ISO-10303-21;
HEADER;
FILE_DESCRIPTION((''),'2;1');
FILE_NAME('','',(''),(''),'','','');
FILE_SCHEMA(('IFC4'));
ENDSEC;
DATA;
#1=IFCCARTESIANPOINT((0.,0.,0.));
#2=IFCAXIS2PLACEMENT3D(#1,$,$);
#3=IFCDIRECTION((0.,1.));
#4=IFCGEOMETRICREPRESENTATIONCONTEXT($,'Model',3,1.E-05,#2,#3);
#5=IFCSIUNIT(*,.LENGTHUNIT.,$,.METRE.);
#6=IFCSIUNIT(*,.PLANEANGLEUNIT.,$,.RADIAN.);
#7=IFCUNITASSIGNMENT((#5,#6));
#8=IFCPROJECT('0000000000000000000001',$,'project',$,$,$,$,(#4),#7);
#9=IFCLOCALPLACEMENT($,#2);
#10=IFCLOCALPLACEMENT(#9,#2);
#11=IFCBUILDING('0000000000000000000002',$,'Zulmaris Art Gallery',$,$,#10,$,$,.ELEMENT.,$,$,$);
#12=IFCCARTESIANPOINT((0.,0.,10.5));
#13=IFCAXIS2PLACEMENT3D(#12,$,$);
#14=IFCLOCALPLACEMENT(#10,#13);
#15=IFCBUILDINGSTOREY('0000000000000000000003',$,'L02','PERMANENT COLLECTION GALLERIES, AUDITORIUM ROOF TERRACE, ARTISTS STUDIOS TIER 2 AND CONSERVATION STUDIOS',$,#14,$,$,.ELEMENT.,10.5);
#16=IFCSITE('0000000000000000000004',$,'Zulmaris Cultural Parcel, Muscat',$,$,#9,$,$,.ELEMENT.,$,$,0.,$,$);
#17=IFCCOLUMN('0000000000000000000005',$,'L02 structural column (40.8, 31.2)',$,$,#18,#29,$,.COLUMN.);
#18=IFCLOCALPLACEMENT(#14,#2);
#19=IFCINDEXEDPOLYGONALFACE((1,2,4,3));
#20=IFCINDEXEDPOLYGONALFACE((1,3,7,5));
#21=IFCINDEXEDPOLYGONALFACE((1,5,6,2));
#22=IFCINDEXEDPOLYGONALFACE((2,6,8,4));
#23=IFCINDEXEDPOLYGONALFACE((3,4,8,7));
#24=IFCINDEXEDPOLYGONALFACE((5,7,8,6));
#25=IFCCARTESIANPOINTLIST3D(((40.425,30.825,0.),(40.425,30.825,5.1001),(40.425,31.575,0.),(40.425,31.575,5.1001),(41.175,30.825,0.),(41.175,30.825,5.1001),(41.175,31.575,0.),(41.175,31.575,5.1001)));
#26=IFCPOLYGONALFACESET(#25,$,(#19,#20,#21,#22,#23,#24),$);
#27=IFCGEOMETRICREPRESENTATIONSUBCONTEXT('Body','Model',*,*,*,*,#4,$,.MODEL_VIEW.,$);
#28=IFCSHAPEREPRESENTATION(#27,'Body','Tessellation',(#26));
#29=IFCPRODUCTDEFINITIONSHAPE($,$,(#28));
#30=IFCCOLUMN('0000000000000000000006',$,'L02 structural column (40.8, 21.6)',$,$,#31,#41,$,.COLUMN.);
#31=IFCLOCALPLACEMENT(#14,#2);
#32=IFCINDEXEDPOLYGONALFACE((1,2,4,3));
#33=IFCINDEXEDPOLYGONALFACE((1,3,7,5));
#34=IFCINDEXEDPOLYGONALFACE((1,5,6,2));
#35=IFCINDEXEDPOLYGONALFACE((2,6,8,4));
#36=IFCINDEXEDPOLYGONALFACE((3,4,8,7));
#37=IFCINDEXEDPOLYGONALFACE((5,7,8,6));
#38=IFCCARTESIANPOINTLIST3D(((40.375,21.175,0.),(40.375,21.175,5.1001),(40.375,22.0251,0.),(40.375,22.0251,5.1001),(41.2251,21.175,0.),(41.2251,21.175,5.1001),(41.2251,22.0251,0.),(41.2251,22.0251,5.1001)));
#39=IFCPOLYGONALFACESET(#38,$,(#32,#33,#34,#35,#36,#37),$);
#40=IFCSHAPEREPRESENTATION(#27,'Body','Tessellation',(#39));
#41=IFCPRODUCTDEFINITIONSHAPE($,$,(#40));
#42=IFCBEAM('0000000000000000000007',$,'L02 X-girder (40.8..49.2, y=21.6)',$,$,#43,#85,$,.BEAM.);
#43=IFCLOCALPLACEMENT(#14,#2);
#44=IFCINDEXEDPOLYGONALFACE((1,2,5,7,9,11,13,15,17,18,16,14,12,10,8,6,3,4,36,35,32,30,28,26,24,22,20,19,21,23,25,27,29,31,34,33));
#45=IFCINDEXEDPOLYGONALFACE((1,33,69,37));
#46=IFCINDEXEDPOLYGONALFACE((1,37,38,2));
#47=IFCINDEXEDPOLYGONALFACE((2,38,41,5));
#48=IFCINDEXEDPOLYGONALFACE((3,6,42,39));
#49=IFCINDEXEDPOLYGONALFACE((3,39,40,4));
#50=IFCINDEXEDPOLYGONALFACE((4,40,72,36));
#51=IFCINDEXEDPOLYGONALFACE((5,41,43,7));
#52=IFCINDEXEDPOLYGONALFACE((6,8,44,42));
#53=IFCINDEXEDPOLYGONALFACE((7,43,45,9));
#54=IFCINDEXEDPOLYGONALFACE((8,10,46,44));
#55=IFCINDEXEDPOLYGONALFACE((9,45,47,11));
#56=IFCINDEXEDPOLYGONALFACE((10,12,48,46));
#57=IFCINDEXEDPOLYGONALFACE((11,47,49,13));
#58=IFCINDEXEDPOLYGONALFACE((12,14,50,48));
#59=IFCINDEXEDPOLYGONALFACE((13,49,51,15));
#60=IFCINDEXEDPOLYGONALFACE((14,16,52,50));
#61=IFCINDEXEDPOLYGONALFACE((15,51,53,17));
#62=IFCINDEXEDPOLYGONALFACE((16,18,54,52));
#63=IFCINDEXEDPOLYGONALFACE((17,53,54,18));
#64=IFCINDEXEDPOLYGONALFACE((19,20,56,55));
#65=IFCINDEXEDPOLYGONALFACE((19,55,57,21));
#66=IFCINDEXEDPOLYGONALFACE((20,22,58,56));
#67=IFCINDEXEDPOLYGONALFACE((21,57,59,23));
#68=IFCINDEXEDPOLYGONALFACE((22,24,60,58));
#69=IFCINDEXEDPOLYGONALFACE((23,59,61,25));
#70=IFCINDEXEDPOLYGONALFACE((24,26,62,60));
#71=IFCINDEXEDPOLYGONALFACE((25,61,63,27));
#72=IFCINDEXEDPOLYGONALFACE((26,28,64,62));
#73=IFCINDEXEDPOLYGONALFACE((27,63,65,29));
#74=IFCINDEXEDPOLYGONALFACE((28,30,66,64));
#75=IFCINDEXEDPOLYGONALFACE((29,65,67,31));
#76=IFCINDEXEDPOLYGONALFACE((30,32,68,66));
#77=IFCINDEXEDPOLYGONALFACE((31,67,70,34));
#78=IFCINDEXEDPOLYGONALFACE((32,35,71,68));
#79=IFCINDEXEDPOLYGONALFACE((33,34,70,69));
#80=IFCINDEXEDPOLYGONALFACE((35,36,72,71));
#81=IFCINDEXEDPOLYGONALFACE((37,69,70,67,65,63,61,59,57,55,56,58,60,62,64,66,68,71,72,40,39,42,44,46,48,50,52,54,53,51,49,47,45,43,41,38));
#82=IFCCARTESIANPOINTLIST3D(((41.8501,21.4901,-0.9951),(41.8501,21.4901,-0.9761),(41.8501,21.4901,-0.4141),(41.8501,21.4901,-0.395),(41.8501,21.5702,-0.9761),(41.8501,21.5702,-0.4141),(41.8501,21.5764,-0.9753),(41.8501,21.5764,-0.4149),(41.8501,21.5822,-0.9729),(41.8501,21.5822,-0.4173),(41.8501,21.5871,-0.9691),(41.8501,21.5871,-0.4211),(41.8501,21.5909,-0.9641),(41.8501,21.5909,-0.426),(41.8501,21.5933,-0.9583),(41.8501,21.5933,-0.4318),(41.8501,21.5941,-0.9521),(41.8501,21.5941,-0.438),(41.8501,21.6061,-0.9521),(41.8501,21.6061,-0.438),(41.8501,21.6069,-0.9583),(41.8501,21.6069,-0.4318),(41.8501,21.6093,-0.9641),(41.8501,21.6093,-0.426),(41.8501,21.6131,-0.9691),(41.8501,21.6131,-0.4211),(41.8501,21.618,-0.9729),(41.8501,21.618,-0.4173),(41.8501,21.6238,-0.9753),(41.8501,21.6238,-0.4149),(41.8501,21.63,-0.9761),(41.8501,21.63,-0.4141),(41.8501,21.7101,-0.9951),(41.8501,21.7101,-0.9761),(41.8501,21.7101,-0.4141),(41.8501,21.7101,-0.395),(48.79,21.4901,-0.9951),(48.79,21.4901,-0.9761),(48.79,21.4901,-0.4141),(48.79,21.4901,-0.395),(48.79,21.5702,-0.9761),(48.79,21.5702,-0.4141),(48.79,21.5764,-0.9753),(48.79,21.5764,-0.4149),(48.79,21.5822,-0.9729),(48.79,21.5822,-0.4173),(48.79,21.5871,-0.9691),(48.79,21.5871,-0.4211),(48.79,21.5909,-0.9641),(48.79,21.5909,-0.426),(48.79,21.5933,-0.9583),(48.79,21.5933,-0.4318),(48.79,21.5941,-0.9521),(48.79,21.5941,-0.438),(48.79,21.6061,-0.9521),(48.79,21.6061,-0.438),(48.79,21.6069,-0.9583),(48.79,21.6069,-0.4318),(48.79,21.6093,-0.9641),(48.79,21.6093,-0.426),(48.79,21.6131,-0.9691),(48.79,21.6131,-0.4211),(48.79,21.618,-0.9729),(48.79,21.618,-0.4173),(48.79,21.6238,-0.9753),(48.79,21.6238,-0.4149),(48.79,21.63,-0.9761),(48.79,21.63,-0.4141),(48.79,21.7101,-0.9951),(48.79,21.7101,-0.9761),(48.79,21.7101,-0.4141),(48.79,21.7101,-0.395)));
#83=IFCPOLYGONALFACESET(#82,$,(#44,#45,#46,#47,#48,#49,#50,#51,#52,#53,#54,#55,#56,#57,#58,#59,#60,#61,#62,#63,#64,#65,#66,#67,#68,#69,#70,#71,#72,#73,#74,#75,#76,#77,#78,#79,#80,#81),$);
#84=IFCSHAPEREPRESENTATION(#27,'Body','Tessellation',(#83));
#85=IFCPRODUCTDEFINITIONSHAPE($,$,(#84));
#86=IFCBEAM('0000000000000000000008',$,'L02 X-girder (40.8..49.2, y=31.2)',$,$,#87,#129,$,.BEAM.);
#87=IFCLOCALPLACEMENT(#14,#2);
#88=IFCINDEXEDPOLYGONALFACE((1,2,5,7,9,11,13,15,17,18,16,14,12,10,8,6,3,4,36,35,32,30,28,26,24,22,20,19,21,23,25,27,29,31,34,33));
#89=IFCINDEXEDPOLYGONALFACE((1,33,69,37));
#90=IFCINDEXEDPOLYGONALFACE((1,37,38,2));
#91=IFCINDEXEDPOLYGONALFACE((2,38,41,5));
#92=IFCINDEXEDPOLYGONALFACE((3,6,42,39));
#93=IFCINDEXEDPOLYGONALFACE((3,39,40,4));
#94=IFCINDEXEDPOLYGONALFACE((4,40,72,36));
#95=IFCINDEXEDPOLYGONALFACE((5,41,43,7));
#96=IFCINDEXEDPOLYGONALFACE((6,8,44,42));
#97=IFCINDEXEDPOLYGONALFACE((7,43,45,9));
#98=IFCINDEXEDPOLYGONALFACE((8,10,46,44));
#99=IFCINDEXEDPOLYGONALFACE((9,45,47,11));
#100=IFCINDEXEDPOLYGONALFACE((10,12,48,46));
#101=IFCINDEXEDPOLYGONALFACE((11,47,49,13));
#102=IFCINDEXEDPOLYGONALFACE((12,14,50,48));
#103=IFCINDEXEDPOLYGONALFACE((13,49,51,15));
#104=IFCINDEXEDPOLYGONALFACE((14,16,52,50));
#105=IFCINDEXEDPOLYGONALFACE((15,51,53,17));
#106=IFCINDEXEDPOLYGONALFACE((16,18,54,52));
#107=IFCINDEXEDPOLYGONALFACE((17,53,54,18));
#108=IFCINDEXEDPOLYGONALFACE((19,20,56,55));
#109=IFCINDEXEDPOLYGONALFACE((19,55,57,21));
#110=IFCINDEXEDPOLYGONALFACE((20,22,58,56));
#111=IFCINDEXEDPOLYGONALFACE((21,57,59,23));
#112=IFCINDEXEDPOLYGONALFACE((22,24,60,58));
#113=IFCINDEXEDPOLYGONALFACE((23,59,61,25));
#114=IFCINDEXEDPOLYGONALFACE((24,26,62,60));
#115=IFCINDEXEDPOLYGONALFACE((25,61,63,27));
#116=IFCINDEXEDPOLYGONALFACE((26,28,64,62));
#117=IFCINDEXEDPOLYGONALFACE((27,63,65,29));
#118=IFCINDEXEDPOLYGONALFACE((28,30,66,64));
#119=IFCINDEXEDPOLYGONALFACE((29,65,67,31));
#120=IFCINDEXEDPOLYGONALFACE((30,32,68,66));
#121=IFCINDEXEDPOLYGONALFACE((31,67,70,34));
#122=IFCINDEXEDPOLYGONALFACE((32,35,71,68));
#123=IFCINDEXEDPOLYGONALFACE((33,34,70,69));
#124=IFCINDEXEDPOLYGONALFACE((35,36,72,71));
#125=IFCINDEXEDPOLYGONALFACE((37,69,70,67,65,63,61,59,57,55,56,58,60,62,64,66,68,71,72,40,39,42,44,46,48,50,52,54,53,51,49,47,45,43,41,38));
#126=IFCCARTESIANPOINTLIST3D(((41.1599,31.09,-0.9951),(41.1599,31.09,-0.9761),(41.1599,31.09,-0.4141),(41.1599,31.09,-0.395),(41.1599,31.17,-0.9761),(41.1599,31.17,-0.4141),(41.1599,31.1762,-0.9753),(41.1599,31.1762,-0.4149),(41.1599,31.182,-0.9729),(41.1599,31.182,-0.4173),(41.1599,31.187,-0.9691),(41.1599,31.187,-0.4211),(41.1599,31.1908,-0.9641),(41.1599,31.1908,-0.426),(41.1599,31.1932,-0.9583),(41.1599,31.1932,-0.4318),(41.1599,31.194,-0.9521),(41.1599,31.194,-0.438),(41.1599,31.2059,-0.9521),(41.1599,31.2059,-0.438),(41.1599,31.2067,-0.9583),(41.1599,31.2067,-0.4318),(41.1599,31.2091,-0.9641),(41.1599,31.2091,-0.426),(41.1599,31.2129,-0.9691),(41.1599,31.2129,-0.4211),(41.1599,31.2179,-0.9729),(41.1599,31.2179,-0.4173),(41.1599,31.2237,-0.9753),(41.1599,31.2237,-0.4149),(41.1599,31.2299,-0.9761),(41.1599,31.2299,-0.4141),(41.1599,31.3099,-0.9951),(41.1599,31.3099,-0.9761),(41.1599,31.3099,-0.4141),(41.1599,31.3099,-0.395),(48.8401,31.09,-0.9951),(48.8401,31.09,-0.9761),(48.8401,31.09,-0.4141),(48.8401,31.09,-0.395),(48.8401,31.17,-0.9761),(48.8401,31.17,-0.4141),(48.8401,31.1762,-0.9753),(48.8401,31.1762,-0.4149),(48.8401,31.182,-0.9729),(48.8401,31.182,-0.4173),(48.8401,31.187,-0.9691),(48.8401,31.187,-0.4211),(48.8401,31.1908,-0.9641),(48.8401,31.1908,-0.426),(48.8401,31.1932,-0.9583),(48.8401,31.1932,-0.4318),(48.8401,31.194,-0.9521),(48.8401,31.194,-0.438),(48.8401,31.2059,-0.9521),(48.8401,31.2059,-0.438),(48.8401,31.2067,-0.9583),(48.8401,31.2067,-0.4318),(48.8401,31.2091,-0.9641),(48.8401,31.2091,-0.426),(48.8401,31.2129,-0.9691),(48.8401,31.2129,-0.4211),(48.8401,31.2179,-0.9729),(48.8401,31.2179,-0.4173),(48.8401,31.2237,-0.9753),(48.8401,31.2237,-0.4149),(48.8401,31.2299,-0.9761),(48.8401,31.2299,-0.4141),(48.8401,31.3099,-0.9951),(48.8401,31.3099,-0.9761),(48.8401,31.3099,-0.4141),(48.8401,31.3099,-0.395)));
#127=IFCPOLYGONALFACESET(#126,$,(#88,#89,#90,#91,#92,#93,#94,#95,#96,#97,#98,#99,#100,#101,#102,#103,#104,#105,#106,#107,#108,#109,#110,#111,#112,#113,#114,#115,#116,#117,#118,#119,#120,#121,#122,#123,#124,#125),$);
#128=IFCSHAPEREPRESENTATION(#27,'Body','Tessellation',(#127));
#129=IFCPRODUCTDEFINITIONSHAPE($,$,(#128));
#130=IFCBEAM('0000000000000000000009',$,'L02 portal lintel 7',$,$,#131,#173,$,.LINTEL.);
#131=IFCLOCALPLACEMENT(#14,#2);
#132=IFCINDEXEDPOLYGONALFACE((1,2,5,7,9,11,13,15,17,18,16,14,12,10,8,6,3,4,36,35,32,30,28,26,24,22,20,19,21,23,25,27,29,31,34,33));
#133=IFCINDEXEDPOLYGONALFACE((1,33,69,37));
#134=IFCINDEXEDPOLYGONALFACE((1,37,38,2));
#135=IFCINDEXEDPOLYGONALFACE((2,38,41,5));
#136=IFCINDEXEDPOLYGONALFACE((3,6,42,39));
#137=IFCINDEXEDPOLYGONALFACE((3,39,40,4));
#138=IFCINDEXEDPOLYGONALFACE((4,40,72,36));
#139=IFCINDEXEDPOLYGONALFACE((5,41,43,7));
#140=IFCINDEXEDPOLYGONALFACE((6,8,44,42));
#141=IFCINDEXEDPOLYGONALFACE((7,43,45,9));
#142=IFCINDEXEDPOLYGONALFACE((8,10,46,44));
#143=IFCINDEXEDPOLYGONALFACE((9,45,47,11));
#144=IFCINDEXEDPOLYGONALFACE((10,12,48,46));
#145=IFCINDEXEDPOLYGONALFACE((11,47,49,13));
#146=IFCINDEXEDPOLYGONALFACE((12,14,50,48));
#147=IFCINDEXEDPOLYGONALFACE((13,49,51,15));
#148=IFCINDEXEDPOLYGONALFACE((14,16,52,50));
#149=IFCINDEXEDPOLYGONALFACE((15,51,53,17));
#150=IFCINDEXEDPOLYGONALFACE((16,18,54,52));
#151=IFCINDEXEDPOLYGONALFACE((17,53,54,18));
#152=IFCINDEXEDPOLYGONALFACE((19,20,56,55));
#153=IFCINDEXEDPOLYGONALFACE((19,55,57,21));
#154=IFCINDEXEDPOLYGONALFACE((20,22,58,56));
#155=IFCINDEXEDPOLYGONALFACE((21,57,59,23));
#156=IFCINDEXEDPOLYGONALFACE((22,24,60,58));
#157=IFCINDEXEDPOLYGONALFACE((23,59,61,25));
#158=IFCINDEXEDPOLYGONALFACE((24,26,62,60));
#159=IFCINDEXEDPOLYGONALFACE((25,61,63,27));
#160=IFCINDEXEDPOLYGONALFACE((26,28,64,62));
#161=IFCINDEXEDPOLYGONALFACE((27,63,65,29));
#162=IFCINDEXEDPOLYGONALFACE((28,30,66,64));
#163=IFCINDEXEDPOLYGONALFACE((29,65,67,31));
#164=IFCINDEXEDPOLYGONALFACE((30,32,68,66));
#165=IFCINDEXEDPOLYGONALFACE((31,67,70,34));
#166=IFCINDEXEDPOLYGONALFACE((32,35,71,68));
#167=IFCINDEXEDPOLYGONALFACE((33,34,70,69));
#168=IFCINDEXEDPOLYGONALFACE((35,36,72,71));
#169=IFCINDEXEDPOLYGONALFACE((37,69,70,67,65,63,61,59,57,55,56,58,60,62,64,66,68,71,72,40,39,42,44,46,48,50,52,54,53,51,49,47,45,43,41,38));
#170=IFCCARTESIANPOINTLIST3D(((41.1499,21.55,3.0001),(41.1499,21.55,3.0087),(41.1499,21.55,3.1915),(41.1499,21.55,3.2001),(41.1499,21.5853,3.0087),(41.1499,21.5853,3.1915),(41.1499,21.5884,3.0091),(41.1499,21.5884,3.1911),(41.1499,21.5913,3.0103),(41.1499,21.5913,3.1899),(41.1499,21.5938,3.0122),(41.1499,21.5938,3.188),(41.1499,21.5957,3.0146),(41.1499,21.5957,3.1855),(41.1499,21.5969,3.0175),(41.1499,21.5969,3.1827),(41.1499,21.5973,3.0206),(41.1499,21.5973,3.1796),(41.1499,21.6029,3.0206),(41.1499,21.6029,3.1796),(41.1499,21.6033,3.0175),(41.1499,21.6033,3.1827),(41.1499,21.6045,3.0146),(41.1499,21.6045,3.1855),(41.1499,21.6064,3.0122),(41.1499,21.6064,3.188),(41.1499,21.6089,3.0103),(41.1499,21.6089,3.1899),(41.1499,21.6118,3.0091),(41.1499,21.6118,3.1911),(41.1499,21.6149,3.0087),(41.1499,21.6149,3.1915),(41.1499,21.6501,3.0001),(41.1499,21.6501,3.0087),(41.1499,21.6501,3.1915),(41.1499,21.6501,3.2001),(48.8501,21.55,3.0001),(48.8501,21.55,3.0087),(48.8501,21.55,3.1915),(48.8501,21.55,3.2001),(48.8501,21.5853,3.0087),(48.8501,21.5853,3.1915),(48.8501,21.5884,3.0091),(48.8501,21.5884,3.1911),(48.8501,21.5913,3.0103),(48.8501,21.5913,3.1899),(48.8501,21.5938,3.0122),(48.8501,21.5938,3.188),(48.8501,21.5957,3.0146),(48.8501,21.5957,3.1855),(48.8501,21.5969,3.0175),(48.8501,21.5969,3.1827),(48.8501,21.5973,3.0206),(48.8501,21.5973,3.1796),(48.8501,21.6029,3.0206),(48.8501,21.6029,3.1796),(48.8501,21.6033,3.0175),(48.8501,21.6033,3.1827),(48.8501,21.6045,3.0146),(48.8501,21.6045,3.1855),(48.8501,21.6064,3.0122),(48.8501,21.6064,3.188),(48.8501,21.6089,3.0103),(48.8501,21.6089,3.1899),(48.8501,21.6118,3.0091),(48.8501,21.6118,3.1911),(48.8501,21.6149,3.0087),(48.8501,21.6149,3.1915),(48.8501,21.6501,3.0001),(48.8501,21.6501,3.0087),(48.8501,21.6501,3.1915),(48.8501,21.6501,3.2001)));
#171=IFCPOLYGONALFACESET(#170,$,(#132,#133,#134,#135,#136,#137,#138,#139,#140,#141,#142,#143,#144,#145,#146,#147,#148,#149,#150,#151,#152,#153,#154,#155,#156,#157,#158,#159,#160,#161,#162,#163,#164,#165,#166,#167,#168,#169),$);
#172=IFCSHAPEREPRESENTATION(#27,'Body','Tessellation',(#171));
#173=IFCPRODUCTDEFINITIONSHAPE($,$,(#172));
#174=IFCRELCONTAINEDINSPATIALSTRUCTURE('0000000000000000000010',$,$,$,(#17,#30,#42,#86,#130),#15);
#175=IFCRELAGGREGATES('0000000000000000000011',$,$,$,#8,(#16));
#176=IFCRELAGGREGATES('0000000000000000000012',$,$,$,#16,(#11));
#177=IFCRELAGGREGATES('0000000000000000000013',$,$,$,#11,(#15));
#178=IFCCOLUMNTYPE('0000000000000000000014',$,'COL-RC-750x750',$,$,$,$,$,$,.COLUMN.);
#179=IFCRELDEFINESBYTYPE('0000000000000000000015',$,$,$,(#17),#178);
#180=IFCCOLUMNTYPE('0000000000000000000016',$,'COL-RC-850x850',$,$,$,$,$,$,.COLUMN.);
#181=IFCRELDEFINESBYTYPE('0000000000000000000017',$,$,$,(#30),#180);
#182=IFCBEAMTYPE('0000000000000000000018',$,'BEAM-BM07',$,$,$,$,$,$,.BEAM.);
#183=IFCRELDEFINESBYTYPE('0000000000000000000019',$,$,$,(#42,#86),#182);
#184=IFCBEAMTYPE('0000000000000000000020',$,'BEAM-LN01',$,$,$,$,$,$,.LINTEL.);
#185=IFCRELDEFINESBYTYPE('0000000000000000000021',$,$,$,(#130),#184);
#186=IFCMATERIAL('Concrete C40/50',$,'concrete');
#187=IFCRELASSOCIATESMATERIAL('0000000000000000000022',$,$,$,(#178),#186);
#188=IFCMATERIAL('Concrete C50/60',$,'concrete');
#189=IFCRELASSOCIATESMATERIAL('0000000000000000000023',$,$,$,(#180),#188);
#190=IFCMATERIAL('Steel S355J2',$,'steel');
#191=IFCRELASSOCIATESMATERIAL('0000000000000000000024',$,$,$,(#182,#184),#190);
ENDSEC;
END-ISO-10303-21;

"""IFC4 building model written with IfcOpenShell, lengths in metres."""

from ifc_helpers import new_model, si_unit, direction, frame, origin, origin_2d, place, context, subcontext, project, spatial, rectangle, i_section, extrude, material, material_profile, profile_set, type_object, element, save


model = new_model("IFC4")

# Units and contexts
model_context = context("Model", 3, precision=1e-05, world=origin(), true_north=direction((0.0, 1.0)))
body_context = subcontext(model_context, "Body", "Model", "MODEL_VIEW")
ifc_project = project(units=[si_unit("LENGTHUNIT", "METRE"), si_unit("PLANEANGLEUNIT", "RADIAN")], contexts=[model_context])

# Site, building, storey
site_placement = place(None, origin())
site = spatial("IfcSite", under=ifc_project, at=site_placement, Name="Zulmaris Cultural Parcel, Muscat", CompositionType="ELEMENT", RefElevation=0.0)
building_placement = place(site_placement, origin())
building = spatial("IfcBuilding", under=site, at=building_placement, Name="Zulmaris Art Gallery", CompositionType="ELEMENT")
storey_placement = place(building_placement, frame((0.0, 0.0, 10.5)))
storey = spatial("IfcBuildingStorey", under=building, at=storey_placement, Name="L02", Description="PERMANENT COLLECTION GALLERIES, AUDITORIUM ROOF TERRACE, ARTISTS STUDIOS TIER 2 AND CONSERVATION STUDIOS", CompositionType="ELEMENT", Elevation=10.5)

# Columns
ifc_material_1 = material(Name="Concrete C40/50", Category="concrete")
ifc_material_profile_1 = material_profile(ifc_material_1, rectangle(XDim=0.75, YDim=0.75, at=origin_2d()), Name="RC 750x750")
ifc_profile_set_1 = profile_set([ifc_material_profile_1], Name="Concrete C40/50")
column_type_1 = type_object("IfcColumnType", Name="COL-RC-750x750", PredefinedType="COLUMN", material=ifc_profile_set_1)
column_1_placement = place(storey_placement, frame((40.8, 31.2, 0.0), z_axis=(0.0, 0.0, 1.0), x_axis=(1.0, 0.0, 0.0)))
element("IfcColumn", 1, at=column_1_placement, inside=storey, type_object=column_type_1, Name="L02 structural column (40.8, 31.2)", PredefinedType="COLUMN", context=body_context, shape_type="SweptSolid", body=[
    extrude(rectangle(XDim=0.75, YDim=0.75, at=origin_2d()), origin(), (0.0, 0.0, 1.0), 5.1001),
])
ifc_material_2 = material(Name="Concrete C50/60", Category="concrete")
ifc_material_profile_2 = material_profile(ifc_material_2, rectangle(XDim=0.8501, YDim=0.8501, at=origin_2d()), Name="RC 850x850")
ifc_profile_set_2 = profile_set([ifc_material_profile_2], Name="Concrete C50/60")
column_type_2 = type_object("IfcColumnType", Name="COL-RC-850x850", PredefinedType="COLUMN", material=ifc_profile_set_2)
column_2_placement = place(storey_placement, frame((40.8, 21.6001, 0.0), z_axis=(0.0, 0.0, 1.0), x_axis=(1.0, 0.0, 0.0)))
element("IfcColumn", 2, at=column_2_placement, inside=storey, type_object=column_type_2, Name="L02 structural column (40.8, 21.6)", PredefinedType="COLUMN", context=body_context, shape_type="SweptSolid", body=[
    extrude(rectangle(XDim=0.8501, YDim=0.8501, at=origin_2d()), origin(), (0.0, 0.0, 1.0), 5.1001),
])

# Beams
ifc_material_3 = material(Name="Steel S355J2", Category="steel")
ifc_material_profile_3 = material_profile(ifc_material_3, i_section(OverallWidth=0.22, OverallDepth=0.6001, WebThickness=0.012, FlangeThickness=0.019, FilletRadius=0.0239, at=origin_2d()), Name="IPE 600")
ifc_profile_set_3 = profile_set([ifc_material_profile_3], Name="Steel S355J2")
beam_type_1 = type_object("IfcBeamType", Name="BEAM-BM07", PredefinedType="BEAM", material=ifc_profile_set_3)
beam_1_placement = place(storey_placement, frame((41.8501, 21.6001, -0.6951), z_axis=(1.0, 0.0, 0.0), x_axis=(0.0, 1.0, 0.0)))
element("IfcBeam", 3, at=beam_1_placement, inside=storey, type_object=beam_type_1, Name="L02 X-girder (40.8..49.2, y=21.6)", PredefinedType="BEAM", context=body_context, shape_type="SweptSolid", body=[
    extrude(i_section(OverallWidth=0.22, OverallDepth=0.6001, WebThickness=0.012, FlangeThickness=0.019, FilletRadius=0.0239, at=origin_2d()), origin(), (0.0, 0.0, 1.0), 6.9399),
])
beam_2_placement = place(storey_placement, frame((41.1599, 31.2, -0.6951), z_axis=(1.0, 0.0, 0.0), x_axis=(0.0, 1.0, 0.0)))
element("IfcBeam", 4, at=beam_2_placement, inside=storey, type_object=beam_type_1, Name="L02 X-girder (40.8..49.2, y=31.2)", PredefinedType="BEAM", context=body_context, shape_type="SweptSolid", body=[
    extrude(i_section(OverallWidth=0.22, OverallDepth=0.6001, WebThickness=0.012, FlangeThickness=0.019, FilletRadius=0.0239, at=origin_2d()), origin(), (0.0, 0.0, 1.0), 7.6802),
])
ifc_material_profile_4 = material_profile(ifc_material_3, i_section(OverallWidth=0.1001, OverallDepth=0.2, WebThickness=0.0056, FlangeThickness=0.0085, FilletRadius=0.012, at=origin_2d()), Name="IPE 200")
ifc_profile_set_4 = profile_set([ifc_material_profile_4], Name="Steel S355J2")
beam_type_2 = type_object("IfcBeamType", Name="BEAM-LN01", PredefinedType="LINTEL", material=ifc_profile_set_4)
beam_3_placement = place(storey_placement, frame((41.1499, 21.6001, 3.1001), z_axis=(1.0, 0.0, 0.0), x_axis=(0.0, 1.0, 0.0)))
element("IfcBeam", 5, at=beam_3_placement, inside=storey, type_object=beam_type_2, Name="L02 portal lintel 7", PredefinedType="LINTEL", context=body_context, shape_type="SweptSolid", body=[
    extrude(i_section(OverallWidth=0.1001, OverallDepth=0.2, WebThickness=0.0056, FlangeThickness=0.0085, FilletRadius=0.012, at=origin_2d()), origin(), (0.0, 0.0, 1.0), 7.7002),
])

save(model, "model.ifc")
